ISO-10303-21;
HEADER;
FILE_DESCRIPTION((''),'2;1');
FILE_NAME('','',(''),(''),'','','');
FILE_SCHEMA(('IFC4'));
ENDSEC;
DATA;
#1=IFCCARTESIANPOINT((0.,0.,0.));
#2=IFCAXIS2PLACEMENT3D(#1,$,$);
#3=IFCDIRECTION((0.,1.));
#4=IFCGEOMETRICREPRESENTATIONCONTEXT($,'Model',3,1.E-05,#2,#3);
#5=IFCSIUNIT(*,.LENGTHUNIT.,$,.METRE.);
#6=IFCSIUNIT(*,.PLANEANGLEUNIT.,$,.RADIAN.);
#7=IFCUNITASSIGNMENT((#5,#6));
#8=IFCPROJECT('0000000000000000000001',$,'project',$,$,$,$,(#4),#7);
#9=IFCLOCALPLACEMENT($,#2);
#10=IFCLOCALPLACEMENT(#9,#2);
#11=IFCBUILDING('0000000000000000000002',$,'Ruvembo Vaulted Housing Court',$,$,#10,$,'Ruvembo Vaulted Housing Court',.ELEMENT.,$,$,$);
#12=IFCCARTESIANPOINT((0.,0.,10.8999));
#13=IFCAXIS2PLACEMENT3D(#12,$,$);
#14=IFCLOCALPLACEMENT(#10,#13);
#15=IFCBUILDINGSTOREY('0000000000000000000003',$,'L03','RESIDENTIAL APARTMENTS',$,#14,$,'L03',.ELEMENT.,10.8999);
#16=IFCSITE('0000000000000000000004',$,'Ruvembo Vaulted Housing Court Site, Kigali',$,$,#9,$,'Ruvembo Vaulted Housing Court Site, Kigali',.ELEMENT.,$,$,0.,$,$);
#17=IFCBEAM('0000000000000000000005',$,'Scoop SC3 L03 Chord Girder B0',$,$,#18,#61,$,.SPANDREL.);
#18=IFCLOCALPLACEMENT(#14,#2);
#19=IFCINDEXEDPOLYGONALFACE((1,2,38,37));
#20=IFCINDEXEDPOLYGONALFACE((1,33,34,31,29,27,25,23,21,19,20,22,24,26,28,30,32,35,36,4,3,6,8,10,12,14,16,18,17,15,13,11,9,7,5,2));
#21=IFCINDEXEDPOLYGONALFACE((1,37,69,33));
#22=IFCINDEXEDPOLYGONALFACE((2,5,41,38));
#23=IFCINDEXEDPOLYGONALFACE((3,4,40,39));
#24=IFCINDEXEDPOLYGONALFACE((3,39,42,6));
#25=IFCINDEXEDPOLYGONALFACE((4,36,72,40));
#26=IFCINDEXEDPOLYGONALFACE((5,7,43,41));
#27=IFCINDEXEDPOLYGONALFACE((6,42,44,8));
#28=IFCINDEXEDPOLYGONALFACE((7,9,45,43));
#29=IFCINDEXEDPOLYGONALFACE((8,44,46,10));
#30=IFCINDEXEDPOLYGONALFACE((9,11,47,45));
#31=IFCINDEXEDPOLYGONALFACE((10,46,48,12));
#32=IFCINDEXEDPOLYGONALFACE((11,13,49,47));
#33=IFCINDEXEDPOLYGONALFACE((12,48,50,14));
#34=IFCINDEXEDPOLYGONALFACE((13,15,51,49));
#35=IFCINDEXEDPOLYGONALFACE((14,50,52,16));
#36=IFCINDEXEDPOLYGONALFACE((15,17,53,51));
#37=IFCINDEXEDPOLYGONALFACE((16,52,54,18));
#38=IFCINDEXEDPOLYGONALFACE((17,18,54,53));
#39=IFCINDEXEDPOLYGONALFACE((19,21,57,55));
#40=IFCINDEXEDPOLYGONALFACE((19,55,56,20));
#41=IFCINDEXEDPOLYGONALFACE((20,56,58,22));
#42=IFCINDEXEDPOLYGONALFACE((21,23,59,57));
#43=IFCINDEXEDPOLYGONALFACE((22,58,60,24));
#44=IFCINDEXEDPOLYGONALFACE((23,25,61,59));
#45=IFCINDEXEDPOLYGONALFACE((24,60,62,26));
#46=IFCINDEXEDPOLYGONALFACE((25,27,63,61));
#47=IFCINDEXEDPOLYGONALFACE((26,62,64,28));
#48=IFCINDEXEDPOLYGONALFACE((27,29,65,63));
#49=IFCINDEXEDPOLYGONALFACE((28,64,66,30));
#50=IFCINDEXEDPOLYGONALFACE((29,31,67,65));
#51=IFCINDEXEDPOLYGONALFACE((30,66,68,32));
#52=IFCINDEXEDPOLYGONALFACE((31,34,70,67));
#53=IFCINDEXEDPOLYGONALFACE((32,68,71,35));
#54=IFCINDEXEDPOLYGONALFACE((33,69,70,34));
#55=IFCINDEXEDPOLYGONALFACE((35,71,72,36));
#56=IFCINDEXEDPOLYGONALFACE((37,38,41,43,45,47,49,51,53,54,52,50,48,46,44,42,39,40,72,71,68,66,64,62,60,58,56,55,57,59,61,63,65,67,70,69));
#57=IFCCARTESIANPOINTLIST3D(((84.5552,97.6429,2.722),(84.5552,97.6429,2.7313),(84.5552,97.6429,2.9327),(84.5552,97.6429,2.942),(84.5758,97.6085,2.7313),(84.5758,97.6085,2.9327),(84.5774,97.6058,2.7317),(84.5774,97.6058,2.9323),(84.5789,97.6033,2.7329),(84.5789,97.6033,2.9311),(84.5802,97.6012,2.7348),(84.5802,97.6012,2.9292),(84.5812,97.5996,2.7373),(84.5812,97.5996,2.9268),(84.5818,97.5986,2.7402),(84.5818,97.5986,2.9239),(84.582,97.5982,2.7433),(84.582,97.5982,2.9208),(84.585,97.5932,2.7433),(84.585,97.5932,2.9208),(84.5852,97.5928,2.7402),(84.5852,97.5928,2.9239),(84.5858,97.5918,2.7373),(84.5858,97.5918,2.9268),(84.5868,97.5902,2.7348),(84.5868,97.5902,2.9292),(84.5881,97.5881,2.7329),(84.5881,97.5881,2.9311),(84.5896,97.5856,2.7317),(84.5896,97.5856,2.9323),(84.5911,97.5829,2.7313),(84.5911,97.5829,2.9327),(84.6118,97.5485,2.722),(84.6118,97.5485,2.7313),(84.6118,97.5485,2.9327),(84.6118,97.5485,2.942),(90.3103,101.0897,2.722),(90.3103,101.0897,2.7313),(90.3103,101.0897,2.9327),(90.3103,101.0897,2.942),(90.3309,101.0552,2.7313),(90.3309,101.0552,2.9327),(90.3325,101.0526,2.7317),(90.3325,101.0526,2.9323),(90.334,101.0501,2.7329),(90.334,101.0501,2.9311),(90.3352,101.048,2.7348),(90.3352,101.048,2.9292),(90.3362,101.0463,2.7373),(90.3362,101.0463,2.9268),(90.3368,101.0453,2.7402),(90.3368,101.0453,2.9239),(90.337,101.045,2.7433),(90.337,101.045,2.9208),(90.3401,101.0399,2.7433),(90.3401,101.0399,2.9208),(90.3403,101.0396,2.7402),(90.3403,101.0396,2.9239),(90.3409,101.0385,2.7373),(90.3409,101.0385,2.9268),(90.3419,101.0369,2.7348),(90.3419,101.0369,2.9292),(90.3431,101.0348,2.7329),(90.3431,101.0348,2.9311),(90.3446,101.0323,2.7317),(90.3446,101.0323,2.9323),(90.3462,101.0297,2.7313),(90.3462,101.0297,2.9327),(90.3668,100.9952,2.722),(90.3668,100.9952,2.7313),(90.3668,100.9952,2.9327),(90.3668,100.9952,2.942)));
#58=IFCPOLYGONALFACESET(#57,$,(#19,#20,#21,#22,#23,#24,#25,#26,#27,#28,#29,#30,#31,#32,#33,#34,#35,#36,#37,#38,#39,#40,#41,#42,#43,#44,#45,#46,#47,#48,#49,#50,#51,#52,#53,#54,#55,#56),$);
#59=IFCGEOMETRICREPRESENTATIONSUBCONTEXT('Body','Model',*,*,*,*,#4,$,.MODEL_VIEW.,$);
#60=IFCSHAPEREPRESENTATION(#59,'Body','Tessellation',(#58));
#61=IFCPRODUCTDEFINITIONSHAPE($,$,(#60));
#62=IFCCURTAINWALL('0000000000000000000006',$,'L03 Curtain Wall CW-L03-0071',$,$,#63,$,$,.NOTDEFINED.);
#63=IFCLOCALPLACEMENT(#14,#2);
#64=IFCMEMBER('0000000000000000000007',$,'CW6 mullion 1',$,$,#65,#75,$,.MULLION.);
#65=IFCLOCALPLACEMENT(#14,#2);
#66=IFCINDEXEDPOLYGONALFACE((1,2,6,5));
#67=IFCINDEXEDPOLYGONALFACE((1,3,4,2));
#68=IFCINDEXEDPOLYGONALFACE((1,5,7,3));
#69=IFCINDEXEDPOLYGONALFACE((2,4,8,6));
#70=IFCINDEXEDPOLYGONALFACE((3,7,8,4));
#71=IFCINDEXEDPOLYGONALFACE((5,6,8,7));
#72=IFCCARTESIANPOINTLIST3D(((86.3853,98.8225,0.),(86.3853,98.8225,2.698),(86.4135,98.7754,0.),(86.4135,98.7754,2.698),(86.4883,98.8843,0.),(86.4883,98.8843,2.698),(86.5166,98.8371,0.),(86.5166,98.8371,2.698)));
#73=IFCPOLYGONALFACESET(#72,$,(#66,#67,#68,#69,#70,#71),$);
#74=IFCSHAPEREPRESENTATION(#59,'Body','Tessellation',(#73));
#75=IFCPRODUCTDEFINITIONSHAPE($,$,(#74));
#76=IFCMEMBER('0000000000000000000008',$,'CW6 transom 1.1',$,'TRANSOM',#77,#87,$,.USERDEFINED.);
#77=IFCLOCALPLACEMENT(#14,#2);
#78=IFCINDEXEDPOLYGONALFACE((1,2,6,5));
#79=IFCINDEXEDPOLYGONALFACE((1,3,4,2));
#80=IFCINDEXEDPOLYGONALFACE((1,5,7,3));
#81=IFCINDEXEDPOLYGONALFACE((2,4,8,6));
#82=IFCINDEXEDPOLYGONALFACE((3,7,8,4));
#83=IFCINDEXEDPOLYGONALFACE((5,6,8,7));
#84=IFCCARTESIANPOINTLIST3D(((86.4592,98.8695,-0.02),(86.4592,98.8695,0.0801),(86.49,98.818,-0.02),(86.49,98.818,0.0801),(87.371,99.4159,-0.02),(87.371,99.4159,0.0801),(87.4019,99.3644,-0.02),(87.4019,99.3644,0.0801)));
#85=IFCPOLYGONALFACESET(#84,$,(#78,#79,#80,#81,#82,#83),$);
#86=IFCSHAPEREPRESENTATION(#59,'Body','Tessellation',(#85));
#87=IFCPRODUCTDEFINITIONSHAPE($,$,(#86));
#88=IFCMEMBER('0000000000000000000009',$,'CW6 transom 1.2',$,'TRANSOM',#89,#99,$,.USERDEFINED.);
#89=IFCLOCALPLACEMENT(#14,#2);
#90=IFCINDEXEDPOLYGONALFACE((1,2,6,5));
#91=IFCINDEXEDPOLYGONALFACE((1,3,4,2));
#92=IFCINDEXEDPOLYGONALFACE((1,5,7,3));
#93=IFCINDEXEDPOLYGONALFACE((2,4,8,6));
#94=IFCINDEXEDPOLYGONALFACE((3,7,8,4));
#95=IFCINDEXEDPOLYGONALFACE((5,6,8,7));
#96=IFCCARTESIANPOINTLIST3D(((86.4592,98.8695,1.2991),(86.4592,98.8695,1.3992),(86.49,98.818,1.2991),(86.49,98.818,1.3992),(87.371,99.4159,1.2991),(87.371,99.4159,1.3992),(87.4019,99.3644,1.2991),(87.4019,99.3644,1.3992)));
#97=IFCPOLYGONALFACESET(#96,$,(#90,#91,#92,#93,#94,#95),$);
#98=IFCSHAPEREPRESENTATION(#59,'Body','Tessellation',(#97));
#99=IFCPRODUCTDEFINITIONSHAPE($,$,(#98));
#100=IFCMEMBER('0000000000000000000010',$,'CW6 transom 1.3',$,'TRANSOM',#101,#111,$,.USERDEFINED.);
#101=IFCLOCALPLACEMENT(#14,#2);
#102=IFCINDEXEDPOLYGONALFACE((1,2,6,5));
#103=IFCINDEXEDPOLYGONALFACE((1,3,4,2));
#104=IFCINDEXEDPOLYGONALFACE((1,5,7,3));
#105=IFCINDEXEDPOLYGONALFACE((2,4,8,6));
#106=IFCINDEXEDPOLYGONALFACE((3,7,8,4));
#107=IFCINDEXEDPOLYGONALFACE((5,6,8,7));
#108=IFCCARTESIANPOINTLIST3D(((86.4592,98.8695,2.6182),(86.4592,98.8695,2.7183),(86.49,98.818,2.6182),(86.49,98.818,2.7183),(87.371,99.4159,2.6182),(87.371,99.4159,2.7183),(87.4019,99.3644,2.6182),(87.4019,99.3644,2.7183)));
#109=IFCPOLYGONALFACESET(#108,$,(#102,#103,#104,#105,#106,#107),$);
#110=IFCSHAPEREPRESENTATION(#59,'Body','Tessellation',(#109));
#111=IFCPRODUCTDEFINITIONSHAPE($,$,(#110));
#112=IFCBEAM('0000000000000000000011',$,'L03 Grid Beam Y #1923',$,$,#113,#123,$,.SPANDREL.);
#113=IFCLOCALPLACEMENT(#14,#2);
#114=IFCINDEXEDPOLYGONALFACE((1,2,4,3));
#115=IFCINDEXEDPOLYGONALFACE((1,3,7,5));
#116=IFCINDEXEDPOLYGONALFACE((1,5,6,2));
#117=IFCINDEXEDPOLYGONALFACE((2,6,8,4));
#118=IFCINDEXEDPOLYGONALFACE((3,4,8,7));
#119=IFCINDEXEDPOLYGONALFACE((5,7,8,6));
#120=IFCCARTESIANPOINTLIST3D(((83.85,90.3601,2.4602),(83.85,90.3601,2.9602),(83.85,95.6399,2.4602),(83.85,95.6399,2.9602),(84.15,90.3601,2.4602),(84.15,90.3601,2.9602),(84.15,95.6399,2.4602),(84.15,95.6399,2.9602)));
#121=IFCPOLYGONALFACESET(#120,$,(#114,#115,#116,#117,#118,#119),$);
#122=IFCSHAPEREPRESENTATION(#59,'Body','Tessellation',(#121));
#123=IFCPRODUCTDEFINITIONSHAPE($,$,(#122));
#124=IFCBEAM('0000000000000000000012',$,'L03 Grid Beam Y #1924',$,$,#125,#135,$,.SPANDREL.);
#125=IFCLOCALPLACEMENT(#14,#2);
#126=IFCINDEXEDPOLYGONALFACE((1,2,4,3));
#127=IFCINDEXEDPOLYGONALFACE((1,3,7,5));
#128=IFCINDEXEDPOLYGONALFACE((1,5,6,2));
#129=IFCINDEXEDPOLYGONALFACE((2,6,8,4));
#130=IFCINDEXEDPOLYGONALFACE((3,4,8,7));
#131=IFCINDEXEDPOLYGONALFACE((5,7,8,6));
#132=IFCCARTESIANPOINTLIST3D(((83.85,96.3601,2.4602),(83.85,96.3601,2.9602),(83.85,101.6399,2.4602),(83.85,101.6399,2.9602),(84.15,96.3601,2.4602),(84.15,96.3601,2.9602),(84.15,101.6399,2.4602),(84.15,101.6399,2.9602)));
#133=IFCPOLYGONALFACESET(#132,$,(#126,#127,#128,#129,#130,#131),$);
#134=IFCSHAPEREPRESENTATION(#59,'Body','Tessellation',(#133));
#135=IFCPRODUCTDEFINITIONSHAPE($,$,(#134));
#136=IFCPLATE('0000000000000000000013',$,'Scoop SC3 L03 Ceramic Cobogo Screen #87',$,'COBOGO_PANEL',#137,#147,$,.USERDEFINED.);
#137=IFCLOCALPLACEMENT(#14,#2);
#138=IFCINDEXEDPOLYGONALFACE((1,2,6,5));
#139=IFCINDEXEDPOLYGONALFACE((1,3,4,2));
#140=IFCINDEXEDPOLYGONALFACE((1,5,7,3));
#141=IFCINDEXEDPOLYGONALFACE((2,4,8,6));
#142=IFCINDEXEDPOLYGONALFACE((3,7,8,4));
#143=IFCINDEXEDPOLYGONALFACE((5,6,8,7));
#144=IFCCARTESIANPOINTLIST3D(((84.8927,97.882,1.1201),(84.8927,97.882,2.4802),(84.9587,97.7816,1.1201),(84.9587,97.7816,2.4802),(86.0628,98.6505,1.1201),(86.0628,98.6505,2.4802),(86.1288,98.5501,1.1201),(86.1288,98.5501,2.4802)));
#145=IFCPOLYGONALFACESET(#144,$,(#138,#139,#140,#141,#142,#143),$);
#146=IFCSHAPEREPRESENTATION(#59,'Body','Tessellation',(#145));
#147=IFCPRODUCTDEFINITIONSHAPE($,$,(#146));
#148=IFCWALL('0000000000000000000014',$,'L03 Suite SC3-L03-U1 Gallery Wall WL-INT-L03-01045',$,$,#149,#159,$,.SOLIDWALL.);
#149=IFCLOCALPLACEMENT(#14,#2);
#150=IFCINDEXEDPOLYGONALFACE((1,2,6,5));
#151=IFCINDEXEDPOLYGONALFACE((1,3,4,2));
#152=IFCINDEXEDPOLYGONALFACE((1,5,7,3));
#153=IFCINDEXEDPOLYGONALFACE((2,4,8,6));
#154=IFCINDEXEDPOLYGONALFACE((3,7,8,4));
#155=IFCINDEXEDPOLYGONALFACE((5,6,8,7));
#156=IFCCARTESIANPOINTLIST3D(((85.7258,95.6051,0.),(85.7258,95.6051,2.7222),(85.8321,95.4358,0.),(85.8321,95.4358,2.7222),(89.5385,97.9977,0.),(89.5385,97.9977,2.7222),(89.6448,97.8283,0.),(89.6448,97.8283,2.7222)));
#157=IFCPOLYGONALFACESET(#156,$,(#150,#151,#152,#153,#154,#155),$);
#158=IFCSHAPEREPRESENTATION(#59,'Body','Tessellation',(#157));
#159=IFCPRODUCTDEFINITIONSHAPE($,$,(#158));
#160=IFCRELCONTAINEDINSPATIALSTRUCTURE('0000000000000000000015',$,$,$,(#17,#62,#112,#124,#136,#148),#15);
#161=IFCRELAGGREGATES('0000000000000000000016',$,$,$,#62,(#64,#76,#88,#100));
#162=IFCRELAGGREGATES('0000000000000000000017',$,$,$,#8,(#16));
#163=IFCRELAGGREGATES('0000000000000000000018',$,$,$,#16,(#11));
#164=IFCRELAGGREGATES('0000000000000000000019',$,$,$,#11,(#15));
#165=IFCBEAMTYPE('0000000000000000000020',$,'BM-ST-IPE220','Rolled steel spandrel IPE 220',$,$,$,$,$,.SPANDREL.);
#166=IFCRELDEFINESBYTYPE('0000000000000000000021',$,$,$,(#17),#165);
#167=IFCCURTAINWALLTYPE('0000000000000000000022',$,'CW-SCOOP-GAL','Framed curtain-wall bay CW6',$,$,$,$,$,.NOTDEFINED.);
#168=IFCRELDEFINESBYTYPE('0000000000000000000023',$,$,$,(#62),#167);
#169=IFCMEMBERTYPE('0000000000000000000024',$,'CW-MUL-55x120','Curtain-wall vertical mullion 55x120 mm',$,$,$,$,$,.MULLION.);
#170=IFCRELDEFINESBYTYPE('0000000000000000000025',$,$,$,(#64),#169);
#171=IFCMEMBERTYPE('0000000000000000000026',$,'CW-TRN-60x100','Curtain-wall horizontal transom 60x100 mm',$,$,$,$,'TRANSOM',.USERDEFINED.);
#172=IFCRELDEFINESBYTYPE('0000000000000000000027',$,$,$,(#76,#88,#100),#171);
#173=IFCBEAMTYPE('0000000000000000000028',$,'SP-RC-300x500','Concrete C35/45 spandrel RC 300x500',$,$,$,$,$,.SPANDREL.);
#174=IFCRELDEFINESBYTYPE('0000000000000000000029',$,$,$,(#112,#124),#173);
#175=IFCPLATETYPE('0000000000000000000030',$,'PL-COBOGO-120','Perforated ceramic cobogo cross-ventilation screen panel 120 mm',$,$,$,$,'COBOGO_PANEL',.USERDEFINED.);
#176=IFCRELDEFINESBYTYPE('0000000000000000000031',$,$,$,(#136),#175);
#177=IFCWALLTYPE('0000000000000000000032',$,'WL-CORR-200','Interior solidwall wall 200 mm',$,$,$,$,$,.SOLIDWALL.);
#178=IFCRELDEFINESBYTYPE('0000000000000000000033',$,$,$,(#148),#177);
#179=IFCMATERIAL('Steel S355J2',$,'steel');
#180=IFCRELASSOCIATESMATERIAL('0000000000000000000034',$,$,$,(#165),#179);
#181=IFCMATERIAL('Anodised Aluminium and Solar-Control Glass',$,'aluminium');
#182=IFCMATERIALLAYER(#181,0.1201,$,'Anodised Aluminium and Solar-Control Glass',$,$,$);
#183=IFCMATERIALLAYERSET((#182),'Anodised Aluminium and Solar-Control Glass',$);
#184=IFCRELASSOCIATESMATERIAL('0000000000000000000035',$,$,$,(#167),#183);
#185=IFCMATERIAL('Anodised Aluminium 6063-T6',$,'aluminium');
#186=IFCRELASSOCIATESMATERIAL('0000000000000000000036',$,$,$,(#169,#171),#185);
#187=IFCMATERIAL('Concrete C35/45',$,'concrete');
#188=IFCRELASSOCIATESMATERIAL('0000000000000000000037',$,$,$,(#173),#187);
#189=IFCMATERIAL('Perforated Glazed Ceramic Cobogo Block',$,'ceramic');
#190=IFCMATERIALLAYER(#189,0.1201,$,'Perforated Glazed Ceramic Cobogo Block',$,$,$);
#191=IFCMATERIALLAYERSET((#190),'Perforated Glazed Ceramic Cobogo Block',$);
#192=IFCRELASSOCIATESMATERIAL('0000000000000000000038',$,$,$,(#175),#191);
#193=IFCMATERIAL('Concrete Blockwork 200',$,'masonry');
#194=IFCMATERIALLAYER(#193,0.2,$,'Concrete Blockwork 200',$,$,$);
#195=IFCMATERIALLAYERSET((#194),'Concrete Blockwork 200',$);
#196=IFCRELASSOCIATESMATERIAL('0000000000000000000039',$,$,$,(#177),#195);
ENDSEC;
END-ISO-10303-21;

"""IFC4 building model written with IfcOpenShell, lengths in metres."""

from ifc_helpers import new_model, si_unit, direction, frame, frame_2d, origin, origin_2d, place, context, subcontext, project, spatial, rectangle, i_section, extrude, material, layer, layer_set, material_profile, profile_set, type_object, element, aggregate, save


model = new_model("IFC4")

# Units and contexts
model_context = context("Model", 3, precision=1e-05, world=origin(), true_north=direction((0.0, 1.0)))
body_context = subcontext(model_context, "Body", "Model", "MODEL_VIEW")
ifc_project = project(units=[si_unit("LENGTHUNIT", "METRE"), si_unit("PLANEANGLEUNIT", "RADIAN")], contexts=[model_context])

# Site, building, storey
site_placement = place(None, origin())
site = spatial("IfcSite", under=ifc_project, at=site_placement, Name="Ruvembo Vaulted Housing Court Site, Kigali", LongName="Ruvembo Vaulted Housing Court Site, Kigali", CompositionType="ELEMENT", RefElevation=0.0)
building_placement = place(site_placement, origin())
building = spatial("IfcBuilding", under=site, at=building_placement, Name="Ruvembo Vaulted Housing Court", LongName="Ruvembo Vaulted Housing Court", CompositionType="ELEMENT")
storey_placement = place(building_placement, frame((0.0, 0.0, 10.8999)))
storey = spatial("IfcBuildingStorey", under=building, at=storey_placement, Name="L03", Description="RESIDENTIAL APARTMENTS", LongName="L03", CompositionType="ELEMENT", Elevation=10.8999)

# Beam
ifc_material_1 = material(Name="Steel S355J2", Category="steel")
ifc_material_profile_1 = material_profile(ifc_material_1, i_section(OverallWidth=0.1101, OverallDepth=0.22, WebThickness=0.0059, FlangeThickness=0.0093, FilletRadius=0.012, at=origin_2d()), Name="IPE 220")
ifc_profile_set_1 = profile_set([ifc_material_profile_1], Name="Steel S355J2")
beam_type_1 = type_object("IfcBeamType", Name="BM-ST-IPE220", Description="Rolled steel spandrel IPE 220", PredefinedType="SPANDREL", material=ifc_profile_set_1)
beam_1_placement = place(storey_placement, frame((84.5835, 97.5957, 2.832), z_axis=(0.857907, 0.513805, 0.0), x_axis=(-0.513805, 0.857907, 0.0)))
element("IfcBeam", 1, at=beam_1_placement, inside=storey, type_object=beam_type_1, Name="Scoop SC3 L03 Chord Girder B0", PredefinedType="SPANDREL", context=body_context, shape_type="SweptSolid", body=[
    extrude(i_section(OverallWidth=0.1101, OverallDepth=0.22, WebThickness=0.0059, FlangeThickness=0.0093, FilletRadius=0.012, at=origin_2d()), origin(), (0.0, 0.0, 1.0), 6.7083),
])

# Curtain wall, members
ifc_material_2 = material(Name="Anodised Aluminium and Solar-Control Glass", Category="aluminium")
ifc_layer_1 = layer(ifc_material_2, 0.1201, Name="Anodised Aluminium and Solar-Control Glass")
ifc_layer_set_1 = layer_set([ifc_layer_1], Name="Anodised Aluminium and Solar-Control Glass")
curtain_wall_type = type_object("IfcCurtainWallType", Name="CW-SCOOP-GAL", Description="Framed curtain-wall bay CW6", PredefinedType="NOTDEFINED", material=ifc_layer_set_1)
curtain_wall_placement = place(storey_placement, origin())
curtain_wall = element("IfcCurtainWall", 2, at=curtain_wall_placement, inside=storey, type_object=curtain_wall_type, Name="L03 Curtain Wall CW-L03-0071", PredefinedType="NOTDEFINED")
ifc_material_3 = material(Name="Anodised Aluminium 6063-T6", Category="aluminium")
ifc_material_profile_2 = material_profile(ifc_material_3, rectangle(XDim=0.0549, YDim=0.1201, at=origin_2d()), Name="ALU 55x120")
ifc_profile_set_2 = profile_set([ifc_material_profile_2], Name="Anodised Aluminium 6063-T6")
member_type_1 = type_object("IfcMemberType", Name="CW-MUL-55x120", Description="Curtain-wall vertical mullion 55x120 mm", PredefinedType="MULLION", material=ifc_profile_set_2)
member_1_placement = place(storey_placement, frame((86.4509, 98.8298, 0.0), z_axis=(0.0, 0.0, 1.0), x_axis=(-0.513828, 0.857893, 0.0)))
member_1 = element("IfcMember", 3, at=member_1_placement, type_object=member_type_1, Name="CW6 mullion 1", PredefinedType="MULLION", context=body_context, shape_type="SweptSolid", body=[
    extrude(rectangle(XDim=0.0549, YDim=0.1201, at=origin_2d()), origin(), (0.0, 0.0, 1.0), 2.698),
])
ifc_material_profile_3 = material_profile(ifc_material_3, rectangle(XDim=0.0601, YDim=0.1001, at=origin_2d()), Name="ALU 60x100")
ifc_profile_set_3 = profile_set([ifc_material_profile_3], Name="Anodised Aluminium 6063-T6")
member_type_2 = type_object("IfcMemberType", Name="CW-TRN-60x100", Description="Curtain-wall horizontal transom 60x100 mm", ElementType="TRANSOM", PredefinedType="USERDEFINED", material=ifc_profile_set_3)
member_2_placement = place(storey_placement, frame((86.4746, 98.8438, 0.03), z_axis=(0.857797, 0.513989, 0.0), x_axis=(-0.513989, 0.857797, 0.0)))
member_2 = element("IfcMember", 4, at=member_2_placement, type_object=member_type_2, Name="CW6 transom 1.1", ObjectType="TRANSOM", PredefinedType="USERDEFINED", context=body_context, shape_type="SweptSolid", body=[
    extrude(rectangle(XDim=0.0601, YDim=0.1001, at=origin_2d()), origin(), (0.0, 0.0, 1.0), 1.063),
])
member_3_placement = place(storey_placement, frame((86.4746, 98.8438, 1.3491), z_axis=(0.857797, 0.513989, 0.0), x_axis=(-0.513989, 0.857797, 0.0)))
member_3 = element("IfcMember", 5, at=member_3_placement, type_object=member_type_2, Name="CW6 transom 1.2", ObjectType="TRANSOM", PredefinedType="USERDEFINED", context=body_context, shape_type="SweptSolid", body=[
    extrude(rectangle(XDim=0.0601, YDim=0.1001, at=origin_2d()), origin(), (0.0, 0.0, 1.0), 1.063),
])
member_4_placement = place(storey_placement, frame((86.4746, 98.8438, 2.6682), z_axis=(0.857797, 0.513989, 0.0), x_axis=(-0.513989, 0.857797, 0.0)))
member_4 = element("IfcMember", 6, at=member_4_placement, type_object=member_type_2, Name="CW6 transom 1.3", ObjectType="TRANSOM", PredefinedType="USERDEFINED", context=body_context, shape_type="SweptSolid", body=[
    extrude(rectangle(XDim=0.0601, YDim=0.1001, at=origin_2d()), origin(), (0.0, 0.0, 1.0), 1.063),
])
aggregate(curtain_wall, [member_1, member_2, member_3, member_4])

# Beams
ifc_material_4 = material(Name="Concrete C35/45", Category="concrete")
ifc_material_profile_4 = material_profile(ifc_material_4, rectangle(XDim=0.3, YDim=0.5, at=origin_2d()), Name="RC 300x500")
ifc_profile_set_4 = profile_set([ifc_material_profile_4], Name="Concrete C35/45")
beam_type_2 = type_object("IfcBeamType", Name="SP-RC-300x500", Description="Concrete C35/45 spandrel RC 300x500", PredefinedType="SPANDREL", material=ifc_profile_set_4)
for number, where, z_axis, x_axis, name in (
    (7, (84.0, 90.3601, 2.7102), (0.0, 1.0, 0.0), (-1.0, 0.0, 0.0), "L03 Grid Beam Y #1923"),
    (8, (84.0, 96.3601, 2.7102), (0.0, 1.0, 0.0), (-1.0, 0.0, 0.0), "L03 Grid Beam Y #1924"),
):
    element("IfcBeam", number, at=place(storey_placement, frame(where, z_axis=z_axis, x_axis=x_axis)), inside=storey, type_object=beam_type_2, Name=name, PredefinedType="SPANDREL", context=body_context, shape_type="SweptSolid", body=[
        extrude(rectangle(XDim=0.3, YDim=0.5, at=origin_2d()), origin(), (0.0, 0.0, 1.0), 5.2798),
    ])

# Plate
ifc_material_5 = material(Name="Perforated Glazed Ceramic Cobogo Block", Category="ceramic")
ifc_layer_2 = layer(ifc_material_5, 0.1201, Name="Perforated Glazed Ceramic Cobogo Block")
ifc_layer_set_2 = layer_set([ifc_layer_2], Name="Perforated Glazed Ceramic Cobogo Block")
plate_type = type_object("IfcPlateType", Name="PL-COBOGO-120", Description="Perforated ceramic cobogo cross-ventilation screen panel 120 mm", ElementType="COBOGO_PANEL", PredefinedType="USERDEFINED", material=ifc_layer_set_2)
plate_placement = place(storey_placement, frame((85.5107, 98.2161, 1.1201), z_axis=(0.0, 0.0, 1.0), x_axis=(0.835836, 0.548979, 0.0)))
element("IfcPlate", 9, at=plate_placement, inside=storey, type_object=plate_type, Name="Scoop SC3 L03 Ceramic Cobogo Screen #87", ObjectType="COBOGO_PANEL", PredefinedType="USERDEFINED", context=body_context, shape_type="SweptSolid", body=[
    extrude(rectangle(XDim=1.3999, YDim=0.1201, at=origin_2d()), origin(), (0.0, 0.0, 1.0), 1.3601),
])

# Wall
ifc_material_6 = material(Name="Concrete Blockwork 200", Category="masonry")
ifc_layer_3 = layer(ifc_material_6, 0.2, Name="Concrete Blockwork 200")
ifc_layer_set_3 = layer_set([ifc_layer_3], Name="Concrete Blockwork 200")
wall_type_1 = type_object("IfcWallType", Name="WL-CORR-200", Description="Interior solidwall wall 200 mm", PredefinedType="SOLIDWALL", material=ifc_layer_set_3)
wall_1_placement = place(storey_placement, frame((85.7791, 95.5205, 0.0), z_axis=(0.0, 0.0, 1.0), x_axis=(0.847037, 0.531534, 0.0)))
element("IfcWall", 10, at=wall_1_placement, inside=storey, type_object=wall_type_1, Name="L03 Suite SC3-L03-U1 Gallery Wall WL-INT-L03-01045", PredefinedType="SOLIDWALL", context=body_context, shape_type="SweptSolid", body=[
    extrude(rectangle(XDim=4.5012, YDim=0.2, at=frame_2d((2.2505, 0.0))), origin(), (0.0, 0.0, 1.0), 2.7222),
])

save(model, "model.ifc")
